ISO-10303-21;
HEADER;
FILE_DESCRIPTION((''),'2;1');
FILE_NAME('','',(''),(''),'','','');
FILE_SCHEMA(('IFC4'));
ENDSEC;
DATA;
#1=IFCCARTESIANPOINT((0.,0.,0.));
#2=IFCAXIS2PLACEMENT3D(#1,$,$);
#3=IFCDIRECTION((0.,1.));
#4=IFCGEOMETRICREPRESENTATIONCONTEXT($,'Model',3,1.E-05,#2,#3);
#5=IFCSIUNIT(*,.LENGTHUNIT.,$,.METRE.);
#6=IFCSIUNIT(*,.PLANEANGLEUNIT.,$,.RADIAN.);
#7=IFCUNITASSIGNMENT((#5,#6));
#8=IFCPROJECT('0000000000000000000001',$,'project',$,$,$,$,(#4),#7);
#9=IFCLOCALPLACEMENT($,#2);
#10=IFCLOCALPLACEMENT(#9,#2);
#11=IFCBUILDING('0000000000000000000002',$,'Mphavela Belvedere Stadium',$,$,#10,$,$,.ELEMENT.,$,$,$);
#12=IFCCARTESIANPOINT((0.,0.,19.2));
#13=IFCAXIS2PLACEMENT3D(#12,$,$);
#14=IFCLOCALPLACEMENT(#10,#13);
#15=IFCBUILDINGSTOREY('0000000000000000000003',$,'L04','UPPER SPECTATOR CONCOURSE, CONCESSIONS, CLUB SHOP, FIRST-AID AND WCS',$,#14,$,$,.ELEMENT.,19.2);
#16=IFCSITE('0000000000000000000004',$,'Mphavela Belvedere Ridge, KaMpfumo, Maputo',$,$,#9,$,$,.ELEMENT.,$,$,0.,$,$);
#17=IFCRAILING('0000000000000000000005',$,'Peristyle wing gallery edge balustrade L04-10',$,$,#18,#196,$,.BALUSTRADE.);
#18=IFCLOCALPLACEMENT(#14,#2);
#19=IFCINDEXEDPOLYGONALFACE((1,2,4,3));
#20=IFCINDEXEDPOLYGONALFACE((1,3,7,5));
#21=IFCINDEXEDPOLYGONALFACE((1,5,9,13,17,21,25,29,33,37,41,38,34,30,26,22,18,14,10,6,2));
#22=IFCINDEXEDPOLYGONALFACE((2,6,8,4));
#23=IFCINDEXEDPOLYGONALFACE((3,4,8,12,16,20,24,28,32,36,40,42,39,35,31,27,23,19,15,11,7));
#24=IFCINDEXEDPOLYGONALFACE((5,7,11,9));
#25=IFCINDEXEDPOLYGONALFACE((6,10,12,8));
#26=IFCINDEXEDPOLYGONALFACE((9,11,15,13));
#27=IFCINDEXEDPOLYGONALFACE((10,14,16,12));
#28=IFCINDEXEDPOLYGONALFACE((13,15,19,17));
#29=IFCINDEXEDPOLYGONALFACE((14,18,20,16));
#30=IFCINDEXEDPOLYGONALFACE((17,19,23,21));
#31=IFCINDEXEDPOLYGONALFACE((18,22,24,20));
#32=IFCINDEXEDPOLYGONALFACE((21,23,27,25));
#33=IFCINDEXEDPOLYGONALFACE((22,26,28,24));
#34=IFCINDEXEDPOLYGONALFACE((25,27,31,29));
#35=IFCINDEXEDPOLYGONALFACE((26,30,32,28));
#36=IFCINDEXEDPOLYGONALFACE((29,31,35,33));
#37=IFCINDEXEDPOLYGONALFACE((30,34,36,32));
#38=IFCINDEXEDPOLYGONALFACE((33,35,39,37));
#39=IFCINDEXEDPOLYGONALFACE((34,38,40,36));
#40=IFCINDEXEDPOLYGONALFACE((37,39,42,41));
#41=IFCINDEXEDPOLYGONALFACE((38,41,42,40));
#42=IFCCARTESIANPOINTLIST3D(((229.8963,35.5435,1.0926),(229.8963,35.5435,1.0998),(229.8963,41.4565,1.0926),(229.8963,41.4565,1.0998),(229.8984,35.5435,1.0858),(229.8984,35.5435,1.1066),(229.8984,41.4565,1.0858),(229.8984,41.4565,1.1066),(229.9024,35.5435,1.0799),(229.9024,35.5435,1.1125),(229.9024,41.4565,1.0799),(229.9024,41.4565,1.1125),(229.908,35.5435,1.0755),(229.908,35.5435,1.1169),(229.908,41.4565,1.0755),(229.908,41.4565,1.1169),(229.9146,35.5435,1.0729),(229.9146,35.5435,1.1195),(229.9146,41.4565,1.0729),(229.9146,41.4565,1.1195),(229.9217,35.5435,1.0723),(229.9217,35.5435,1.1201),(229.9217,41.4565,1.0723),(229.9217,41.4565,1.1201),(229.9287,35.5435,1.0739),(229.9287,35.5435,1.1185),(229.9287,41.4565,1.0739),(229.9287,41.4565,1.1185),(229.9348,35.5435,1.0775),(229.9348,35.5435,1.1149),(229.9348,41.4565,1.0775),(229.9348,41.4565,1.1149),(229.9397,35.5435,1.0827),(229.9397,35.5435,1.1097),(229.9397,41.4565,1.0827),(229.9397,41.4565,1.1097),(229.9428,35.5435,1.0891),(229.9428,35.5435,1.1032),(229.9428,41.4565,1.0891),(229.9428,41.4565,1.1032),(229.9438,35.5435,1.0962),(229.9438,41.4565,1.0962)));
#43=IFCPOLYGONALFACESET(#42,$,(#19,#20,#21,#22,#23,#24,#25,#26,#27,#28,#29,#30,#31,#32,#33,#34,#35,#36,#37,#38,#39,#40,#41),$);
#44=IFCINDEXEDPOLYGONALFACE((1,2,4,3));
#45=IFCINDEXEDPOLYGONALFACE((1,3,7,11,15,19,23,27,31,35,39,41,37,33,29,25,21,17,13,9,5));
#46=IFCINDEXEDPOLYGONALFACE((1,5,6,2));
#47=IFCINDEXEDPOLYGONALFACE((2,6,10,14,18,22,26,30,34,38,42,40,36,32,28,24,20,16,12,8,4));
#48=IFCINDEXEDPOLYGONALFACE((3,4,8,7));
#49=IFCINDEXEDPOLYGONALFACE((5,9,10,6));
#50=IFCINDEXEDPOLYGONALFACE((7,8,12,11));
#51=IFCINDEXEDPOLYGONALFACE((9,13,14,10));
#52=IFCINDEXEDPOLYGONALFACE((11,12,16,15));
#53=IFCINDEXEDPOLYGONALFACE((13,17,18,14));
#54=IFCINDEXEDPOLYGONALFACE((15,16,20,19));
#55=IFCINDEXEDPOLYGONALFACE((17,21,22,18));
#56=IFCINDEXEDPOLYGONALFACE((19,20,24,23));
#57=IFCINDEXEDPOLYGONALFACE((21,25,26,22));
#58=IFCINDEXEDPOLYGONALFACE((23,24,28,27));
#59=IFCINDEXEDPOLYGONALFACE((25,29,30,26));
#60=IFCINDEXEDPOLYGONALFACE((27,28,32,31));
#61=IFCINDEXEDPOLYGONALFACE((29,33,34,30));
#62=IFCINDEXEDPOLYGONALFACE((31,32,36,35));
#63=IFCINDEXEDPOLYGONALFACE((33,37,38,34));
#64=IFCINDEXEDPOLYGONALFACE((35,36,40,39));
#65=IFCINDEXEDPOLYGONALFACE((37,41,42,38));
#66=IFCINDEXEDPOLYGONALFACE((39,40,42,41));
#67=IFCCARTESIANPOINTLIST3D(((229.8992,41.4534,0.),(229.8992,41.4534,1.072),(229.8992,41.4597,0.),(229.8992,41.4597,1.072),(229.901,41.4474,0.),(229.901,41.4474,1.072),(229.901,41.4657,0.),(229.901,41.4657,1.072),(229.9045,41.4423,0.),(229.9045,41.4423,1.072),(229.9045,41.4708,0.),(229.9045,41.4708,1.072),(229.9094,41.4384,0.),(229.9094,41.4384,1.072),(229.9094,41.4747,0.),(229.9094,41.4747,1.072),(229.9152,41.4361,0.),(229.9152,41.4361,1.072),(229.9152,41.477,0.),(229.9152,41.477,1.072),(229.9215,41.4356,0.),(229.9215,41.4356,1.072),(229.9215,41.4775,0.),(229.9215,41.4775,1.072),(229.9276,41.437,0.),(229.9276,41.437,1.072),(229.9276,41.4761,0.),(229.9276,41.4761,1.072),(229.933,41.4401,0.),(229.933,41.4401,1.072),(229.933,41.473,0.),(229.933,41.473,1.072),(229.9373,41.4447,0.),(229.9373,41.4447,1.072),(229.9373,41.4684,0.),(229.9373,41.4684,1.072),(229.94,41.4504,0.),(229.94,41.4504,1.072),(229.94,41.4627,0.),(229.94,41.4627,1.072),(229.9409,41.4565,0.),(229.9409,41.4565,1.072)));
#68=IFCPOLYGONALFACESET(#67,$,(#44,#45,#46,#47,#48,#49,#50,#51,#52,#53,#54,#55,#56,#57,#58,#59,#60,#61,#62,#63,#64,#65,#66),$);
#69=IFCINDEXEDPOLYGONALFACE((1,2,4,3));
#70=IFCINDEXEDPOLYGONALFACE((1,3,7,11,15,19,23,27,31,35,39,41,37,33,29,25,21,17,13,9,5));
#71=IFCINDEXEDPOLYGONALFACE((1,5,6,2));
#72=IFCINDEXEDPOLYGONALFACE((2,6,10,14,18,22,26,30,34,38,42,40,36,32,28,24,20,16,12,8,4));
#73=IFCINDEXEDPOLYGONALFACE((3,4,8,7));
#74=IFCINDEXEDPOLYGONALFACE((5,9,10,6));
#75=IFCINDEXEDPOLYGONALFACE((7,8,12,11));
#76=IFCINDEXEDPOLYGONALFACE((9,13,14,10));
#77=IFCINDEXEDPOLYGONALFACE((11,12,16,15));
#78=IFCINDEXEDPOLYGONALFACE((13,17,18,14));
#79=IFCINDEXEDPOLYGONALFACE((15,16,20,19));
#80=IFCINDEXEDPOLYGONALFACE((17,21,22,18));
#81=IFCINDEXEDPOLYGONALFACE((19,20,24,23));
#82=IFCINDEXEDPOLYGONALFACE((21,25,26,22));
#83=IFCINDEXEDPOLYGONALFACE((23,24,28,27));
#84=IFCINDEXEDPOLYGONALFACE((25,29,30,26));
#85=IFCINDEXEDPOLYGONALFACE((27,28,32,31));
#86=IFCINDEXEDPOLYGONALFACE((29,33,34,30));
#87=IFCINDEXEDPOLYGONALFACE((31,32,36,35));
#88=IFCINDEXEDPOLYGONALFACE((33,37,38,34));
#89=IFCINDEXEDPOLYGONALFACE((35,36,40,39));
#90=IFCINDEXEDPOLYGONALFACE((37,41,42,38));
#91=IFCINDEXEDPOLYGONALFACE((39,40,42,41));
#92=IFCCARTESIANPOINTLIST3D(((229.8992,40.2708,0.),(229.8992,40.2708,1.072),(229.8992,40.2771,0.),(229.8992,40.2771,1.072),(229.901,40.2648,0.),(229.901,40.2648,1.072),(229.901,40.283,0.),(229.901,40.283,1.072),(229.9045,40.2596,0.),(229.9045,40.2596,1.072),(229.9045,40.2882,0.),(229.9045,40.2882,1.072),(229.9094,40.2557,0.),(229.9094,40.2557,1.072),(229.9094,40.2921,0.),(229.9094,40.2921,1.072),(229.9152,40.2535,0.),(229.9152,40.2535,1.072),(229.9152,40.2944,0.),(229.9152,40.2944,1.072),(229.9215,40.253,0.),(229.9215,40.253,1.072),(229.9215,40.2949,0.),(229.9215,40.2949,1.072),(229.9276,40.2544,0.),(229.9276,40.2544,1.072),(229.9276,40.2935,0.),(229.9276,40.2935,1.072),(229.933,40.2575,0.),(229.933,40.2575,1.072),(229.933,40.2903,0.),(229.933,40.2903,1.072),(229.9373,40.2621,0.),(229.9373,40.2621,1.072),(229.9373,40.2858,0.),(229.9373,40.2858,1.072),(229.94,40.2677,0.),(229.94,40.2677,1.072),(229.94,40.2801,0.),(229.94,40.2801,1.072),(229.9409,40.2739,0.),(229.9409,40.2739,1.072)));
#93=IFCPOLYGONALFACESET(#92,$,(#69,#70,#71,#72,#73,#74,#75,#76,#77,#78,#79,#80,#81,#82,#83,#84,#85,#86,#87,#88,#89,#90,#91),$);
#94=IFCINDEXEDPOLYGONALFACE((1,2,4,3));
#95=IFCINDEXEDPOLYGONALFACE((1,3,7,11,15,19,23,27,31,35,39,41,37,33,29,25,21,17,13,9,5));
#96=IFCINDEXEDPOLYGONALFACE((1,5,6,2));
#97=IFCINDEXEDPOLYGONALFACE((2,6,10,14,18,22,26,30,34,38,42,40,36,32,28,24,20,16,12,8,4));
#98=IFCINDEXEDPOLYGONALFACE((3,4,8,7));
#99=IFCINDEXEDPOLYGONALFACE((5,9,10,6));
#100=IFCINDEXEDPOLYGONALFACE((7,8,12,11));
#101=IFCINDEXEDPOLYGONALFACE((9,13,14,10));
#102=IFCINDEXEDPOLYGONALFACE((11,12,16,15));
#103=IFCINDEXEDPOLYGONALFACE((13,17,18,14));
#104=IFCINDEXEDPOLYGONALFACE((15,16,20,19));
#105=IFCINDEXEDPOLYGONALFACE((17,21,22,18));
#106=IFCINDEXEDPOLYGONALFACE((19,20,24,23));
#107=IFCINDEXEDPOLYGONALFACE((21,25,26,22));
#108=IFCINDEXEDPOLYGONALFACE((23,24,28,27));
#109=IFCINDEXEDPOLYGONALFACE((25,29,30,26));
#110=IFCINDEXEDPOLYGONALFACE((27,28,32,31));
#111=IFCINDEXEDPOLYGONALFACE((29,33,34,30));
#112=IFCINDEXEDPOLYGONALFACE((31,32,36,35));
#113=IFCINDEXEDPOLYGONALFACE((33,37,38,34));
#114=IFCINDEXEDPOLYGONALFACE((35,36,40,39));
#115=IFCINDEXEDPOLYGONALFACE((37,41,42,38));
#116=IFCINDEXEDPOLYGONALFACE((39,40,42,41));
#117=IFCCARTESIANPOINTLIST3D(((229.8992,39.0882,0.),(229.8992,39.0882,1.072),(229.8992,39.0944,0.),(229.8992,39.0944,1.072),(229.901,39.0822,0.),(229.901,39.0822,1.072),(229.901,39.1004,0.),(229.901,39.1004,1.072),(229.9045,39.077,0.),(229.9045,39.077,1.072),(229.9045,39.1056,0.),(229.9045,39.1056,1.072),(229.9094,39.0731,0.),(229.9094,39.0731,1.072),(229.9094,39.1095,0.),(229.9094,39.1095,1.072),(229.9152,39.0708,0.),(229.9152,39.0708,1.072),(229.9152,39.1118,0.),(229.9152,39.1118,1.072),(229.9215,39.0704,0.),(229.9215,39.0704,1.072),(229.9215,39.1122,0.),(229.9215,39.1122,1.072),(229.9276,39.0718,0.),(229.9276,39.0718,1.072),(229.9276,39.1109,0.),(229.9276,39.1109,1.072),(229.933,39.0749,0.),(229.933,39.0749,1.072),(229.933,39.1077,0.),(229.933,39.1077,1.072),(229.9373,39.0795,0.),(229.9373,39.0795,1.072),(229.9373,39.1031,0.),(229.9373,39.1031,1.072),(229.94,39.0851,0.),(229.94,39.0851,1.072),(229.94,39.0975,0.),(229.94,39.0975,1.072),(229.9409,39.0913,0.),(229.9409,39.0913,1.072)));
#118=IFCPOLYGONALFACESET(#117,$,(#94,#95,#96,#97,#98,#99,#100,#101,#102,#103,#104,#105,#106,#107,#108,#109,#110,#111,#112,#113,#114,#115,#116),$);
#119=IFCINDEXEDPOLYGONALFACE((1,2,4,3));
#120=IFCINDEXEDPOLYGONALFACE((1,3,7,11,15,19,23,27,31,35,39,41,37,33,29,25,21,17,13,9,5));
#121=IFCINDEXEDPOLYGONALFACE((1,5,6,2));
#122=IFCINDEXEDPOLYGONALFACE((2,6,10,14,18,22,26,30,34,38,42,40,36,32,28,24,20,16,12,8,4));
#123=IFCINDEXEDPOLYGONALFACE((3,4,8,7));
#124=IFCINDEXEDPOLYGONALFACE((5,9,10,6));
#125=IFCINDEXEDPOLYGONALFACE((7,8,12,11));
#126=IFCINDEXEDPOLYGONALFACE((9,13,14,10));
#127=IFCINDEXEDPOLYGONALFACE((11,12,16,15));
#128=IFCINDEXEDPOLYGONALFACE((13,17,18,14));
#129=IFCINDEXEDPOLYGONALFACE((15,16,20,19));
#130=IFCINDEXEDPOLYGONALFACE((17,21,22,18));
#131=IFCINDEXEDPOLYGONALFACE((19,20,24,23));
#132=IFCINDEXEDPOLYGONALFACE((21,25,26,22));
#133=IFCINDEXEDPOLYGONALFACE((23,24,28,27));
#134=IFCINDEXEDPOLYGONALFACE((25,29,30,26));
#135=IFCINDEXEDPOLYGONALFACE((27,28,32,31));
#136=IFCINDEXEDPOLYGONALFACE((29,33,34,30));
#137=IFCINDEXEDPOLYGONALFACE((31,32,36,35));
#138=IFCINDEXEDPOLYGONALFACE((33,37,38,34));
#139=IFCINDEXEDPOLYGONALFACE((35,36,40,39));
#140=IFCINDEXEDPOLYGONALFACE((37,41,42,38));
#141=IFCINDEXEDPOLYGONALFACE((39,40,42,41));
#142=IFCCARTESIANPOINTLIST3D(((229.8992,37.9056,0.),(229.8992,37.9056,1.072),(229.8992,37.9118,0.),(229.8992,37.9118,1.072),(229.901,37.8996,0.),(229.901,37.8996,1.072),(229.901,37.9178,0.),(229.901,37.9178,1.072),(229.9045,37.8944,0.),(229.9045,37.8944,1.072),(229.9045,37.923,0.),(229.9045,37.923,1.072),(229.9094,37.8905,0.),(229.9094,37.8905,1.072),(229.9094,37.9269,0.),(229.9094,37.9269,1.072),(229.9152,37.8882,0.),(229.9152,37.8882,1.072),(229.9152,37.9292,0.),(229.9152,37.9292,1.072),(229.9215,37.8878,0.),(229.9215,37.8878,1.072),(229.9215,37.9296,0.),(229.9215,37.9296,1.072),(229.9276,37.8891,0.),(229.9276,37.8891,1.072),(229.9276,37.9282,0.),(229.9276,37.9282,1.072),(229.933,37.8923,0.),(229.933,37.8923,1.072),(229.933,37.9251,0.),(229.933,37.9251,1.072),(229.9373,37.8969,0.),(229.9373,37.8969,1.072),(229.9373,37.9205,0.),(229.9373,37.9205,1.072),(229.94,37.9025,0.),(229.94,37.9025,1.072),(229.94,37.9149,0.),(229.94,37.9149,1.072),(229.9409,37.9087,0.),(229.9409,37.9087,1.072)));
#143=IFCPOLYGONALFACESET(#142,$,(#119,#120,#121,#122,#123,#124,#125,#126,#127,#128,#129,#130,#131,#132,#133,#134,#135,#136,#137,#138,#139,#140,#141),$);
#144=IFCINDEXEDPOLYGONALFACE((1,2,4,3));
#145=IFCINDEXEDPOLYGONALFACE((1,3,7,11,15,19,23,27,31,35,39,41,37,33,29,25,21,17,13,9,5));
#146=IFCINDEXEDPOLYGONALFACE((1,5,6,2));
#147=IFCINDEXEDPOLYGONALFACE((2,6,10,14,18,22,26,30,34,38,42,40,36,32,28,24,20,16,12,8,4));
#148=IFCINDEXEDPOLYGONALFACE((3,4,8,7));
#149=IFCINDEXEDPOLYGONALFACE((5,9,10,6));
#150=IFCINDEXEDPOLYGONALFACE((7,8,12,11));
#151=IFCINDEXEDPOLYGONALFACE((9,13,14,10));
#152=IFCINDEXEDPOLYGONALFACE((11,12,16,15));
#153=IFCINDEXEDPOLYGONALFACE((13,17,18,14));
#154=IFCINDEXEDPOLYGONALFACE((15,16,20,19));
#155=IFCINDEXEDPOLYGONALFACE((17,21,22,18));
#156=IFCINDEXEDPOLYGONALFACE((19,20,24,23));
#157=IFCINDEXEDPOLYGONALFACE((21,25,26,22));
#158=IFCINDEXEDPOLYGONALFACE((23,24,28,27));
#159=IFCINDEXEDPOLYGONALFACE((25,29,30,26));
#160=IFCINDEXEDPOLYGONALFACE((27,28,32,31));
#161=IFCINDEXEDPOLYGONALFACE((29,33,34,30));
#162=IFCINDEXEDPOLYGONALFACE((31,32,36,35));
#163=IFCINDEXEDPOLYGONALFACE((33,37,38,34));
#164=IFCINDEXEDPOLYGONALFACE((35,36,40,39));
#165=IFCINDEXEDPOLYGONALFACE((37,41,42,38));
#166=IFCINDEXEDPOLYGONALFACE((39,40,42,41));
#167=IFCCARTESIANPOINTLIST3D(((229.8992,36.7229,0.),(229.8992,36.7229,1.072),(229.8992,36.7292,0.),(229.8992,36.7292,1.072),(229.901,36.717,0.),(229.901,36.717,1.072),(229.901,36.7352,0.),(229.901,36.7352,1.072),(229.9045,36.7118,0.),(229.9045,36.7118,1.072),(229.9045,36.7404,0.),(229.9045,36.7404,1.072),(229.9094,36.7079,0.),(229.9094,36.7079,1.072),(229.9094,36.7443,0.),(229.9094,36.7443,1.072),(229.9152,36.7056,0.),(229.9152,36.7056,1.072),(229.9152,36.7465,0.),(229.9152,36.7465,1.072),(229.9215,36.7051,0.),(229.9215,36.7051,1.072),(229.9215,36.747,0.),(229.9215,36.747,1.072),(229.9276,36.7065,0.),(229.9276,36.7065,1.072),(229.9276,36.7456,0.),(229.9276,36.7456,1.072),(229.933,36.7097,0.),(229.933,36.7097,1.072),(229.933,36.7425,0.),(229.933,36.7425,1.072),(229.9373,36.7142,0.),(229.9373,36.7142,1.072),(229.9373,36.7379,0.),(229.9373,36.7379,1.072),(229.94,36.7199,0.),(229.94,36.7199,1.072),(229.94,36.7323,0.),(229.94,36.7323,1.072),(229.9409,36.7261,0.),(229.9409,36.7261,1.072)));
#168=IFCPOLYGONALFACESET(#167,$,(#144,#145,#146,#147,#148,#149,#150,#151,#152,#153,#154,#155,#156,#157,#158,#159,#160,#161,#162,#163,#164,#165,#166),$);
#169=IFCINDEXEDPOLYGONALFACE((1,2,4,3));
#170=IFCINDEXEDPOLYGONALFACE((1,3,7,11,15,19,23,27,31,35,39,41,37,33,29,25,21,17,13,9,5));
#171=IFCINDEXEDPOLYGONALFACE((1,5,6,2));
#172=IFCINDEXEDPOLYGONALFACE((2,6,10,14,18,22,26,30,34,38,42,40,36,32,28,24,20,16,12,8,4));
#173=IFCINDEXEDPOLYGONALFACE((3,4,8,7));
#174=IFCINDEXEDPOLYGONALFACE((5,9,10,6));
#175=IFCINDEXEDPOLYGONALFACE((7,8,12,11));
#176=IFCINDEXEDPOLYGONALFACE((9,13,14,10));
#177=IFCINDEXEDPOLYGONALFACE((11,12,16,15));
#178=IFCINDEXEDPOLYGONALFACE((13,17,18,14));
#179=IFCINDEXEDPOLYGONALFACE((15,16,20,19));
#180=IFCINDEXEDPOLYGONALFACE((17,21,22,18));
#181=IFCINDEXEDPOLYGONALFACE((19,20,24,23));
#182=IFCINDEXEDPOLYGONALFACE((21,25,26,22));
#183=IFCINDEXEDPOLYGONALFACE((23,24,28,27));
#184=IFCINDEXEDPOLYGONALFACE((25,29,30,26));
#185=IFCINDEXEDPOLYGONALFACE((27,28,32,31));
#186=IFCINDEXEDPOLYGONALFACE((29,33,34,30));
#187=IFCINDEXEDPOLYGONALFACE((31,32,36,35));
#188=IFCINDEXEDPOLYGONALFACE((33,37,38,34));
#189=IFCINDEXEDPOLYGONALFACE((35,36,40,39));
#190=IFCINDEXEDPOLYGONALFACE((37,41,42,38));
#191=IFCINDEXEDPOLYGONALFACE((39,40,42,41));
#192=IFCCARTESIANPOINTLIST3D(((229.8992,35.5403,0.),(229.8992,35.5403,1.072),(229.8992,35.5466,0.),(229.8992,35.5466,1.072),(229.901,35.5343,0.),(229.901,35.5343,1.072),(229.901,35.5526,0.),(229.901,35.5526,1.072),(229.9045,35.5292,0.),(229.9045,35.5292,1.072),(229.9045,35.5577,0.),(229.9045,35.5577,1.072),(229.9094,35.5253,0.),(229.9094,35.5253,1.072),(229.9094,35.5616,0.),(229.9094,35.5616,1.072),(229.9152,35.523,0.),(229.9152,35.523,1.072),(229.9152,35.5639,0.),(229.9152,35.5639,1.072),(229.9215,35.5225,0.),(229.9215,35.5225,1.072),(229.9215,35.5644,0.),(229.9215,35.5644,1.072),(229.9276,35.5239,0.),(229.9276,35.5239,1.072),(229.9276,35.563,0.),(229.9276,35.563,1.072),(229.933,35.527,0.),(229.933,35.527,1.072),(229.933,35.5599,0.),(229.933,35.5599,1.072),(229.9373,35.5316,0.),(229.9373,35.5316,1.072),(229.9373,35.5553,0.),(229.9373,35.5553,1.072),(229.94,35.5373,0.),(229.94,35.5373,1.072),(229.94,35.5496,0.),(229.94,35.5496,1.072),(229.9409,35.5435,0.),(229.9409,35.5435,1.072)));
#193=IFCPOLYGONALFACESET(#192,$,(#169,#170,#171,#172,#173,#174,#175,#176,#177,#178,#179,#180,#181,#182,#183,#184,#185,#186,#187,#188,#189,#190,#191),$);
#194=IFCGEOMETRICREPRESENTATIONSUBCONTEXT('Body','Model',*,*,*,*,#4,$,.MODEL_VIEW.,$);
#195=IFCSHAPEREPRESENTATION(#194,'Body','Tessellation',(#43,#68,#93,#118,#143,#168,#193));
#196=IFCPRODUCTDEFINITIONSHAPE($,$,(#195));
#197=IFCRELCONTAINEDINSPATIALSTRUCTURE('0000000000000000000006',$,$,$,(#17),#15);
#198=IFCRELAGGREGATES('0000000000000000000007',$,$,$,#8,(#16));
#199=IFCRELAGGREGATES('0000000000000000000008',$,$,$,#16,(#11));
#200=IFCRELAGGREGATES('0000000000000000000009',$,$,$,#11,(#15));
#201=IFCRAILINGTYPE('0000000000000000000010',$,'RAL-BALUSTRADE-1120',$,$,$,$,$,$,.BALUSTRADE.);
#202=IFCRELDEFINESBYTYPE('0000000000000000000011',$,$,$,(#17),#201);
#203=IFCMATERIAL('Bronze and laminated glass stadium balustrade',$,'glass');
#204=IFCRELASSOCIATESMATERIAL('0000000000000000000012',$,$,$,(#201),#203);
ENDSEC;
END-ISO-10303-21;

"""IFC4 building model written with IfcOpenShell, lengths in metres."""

from ifc_helpers import new_model, si_unit, direction, frame, origin, origin_2d, place, context, subcontext, project, spatial, circle, extrude, material, type_object, element, save


model = new_model("IFC4")

# Units and contexts
model_context = context("Model", 3, precision=1e-05, world=origin(), true_north=direction((0.0, 1.0)))
body_context = subcontext(model_context, "Body", "Model", "MODEL_VIEW")
ifc_project = project(units=[si_unit("LENGTHUNIT", "METRE"), si_unit("PLANEANGLEUNIT", "RADIAN")], contexts=[model_context])

# Site, building, storey
site_placement = place(None, origin())
site = spatial("IfcSite", under=ifc_project, at=site_placement, Name="Mphavela Belvedere Ridge, KaMpfumo, Maputo", CompositionType="ELEMENT", RefElevation=0.0)
building_placement = place(site_placement, origin())
building = spatial("IfcBuilding", under=site, at=building_placement, Name="Mphavela Belvedere Stadium", CompositionType="ELEMENT")
storey_placement = place(building_placement, frame((0.0, 0.0, 19.2)))
storey = spatial("IfcBuildingStorey", under=building, at=storey_placement, Name="L04", Description="UPPER SPECTATOR CONCOURSE, CONCESSIONS, CLUB SHOP, FIRST-AID AND WCS", CompositionType="ELEMENT", Elevation=19.2)

# Railing
ifc_material_1 = material(Name="Bronze and laminated glass stadium balustrade", Category="glass")
railing_type = type_object("IfcRailingType", Name="RAL-BALUSTRADE-1120", PredefinedType="BALUSTRADE", material=ifc_material_1)
for number, where, name in (
    (1, (229.9199, 41.4565, 0.0), "Peristyle wing gallery edge balustrade L04-10"),
):
    element("IfcRailing", number, at=place(storey_placement, frame(where)), inside=storey, type_object=railing_type, Name=name, PredefinedType="BALUSTRADE", context=body_context, shape_type="SweptSolid", body=[
        extrude(circle(Radius=0.0239, at=origin_2d()), frame((0.0, 0.0, 1.0962), z_axis=(0.0, -1.0, 0.0), x_axis=(1.0, 0.0, 0.0)), (0.0, 0.0, 1.0), 5.9131),
        extrude(circle(Radius=0.021, at=origin_2d()), origin(), (0.0, 0.0, 1.0), 1.072),
        extrude(circle(Radius=0.021, at=origin_2d()), frame((0.0, -1.1826, 0.0)), (0.0, 0.0, 1.0), 1.072),
        extrude(circle(Radius=0.021, at=origin_2d()), frame((0.0, -2.3652, 0.0)), (0.0, 0.0, 1.0), 1.072),
        extrude(circle(Radius=0.021, at=origin_2d()), frame((0.0, -3.5479, 0.0)), (0.0, 0.0, 1.0), 1.072),
        extrude(circle(Radius=0.021, at=origin_2d()), frame((0.0, -4.7305, 0.0)), (0.0, 0.0, 1.0), 1.072),
        extrude(circle(Radius=0.021, at=origin_2d()), frame((0.0, -5.9131, 0.0)), (0.0, 0.0, 1.0), 1.072),
    ])

save(model, "model.ifc")
